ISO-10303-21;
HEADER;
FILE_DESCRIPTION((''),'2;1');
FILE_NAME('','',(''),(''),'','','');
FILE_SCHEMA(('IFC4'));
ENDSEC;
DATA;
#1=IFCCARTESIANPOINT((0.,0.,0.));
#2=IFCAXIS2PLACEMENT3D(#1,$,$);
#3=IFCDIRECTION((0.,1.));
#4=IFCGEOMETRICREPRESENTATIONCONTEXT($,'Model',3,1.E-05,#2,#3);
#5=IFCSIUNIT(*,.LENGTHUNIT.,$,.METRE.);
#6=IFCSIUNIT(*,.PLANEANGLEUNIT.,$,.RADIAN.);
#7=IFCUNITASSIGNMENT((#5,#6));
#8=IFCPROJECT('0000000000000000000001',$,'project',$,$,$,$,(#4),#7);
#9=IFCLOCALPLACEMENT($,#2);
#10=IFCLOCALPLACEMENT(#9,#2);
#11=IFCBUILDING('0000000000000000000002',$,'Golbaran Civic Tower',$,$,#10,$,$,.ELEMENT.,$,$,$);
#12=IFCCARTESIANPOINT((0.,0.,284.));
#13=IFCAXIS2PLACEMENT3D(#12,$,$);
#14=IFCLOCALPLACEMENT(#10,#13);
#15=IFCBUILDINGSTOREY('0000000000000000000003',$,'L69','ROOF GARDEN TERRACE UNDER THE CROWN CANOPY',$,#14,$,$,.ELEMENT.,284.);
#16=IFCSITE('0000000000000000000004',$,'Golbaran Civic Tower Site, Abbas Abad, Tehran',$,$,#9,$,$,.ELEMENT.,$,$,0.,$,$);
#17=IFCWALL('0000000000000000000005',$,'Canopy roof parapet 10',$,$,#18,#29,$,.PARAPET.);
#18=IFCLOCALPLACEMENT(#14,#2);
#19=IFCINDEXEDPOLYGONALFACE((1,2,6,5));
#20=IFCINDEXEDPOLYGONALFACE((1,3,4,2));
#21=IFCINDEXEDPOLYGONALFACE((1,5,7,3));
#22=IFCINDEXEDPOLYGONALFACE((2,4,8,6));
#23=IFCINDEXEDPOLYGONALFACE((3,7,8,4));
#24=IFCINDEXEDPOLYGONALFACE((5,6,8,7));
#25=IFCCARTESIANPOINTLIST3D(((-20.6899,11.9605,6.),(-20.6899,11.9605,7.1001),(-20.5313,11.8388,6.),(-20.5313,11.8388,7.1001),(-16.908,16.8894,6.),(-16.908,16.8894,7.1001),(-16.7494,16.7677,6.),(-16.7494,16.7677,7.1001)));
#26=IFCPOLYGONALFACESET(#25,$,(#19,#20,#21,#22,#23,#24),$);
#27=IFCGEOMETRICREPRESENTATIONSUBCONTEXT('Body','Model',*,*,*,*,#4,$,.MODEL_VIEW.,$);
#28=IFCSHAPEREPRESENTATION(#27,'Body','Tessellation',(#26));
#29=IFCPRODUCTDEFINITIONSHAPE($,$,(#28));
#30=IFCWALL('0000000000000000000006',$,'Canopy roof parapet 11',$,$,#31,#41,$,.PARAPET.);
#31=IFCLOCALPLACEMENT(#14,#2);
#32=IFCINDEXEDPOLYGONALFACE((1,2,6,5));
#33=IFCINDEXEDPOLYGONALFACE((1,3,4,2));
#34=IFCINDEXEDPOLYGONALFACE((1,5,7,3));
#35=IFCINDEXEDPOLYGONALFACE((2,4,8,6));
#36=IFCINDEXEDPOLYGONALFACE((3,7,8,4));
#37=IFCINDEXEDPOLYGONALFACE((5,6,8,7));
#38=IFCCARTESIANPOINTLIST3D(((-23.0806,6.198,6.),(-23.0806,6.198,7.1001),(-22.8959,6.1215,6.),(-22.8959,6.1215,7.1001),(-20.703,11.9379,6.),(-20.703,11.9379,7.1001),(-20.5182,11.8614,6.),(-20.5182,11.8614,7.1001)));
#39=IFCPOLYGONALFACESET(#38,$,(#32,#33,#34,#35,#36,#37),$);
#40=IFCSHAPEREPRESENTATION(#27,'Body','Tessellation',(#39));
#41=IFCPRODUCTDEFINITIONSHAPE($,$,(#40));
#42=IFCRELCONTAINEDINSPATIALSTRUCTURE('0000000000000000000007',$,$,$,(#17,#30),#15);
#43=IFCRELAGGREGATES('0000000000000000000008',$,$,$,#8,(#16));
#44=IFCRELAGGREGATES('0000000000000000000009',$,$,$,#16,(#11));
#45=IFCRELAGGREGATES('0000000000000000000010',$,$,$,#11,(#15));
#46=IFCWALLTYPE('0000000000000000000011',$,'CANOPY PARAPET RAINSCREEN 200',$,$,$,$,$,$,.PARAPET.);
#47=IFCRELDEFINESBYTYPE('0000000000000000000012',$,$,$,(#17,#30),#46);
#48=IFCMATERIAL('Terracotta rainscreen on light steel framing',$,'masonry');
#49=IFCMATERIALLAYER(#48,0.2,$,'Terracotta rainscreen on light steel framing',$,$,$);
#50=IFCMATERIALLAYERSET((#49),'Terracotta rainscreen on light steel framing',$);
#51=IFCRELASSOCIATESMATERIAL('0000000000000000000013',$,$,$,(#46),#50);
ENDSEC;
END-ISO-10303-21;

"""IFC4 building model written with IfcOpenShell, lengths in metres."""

from ifc_helpers import new_model, si_unit, direction, frame, frame_2d, origin, place, context, subcontext, project, spatial, rectangle, extrude, material, layer, layer_set, type_object, element, save


model = new_model("IFC4")

# Units and contexts
model_context = context("Model", 3, precision=1e-05, world=origin(), true_north=direction((0.0, 1.0)))
body_context = subcontext(model_context, "Body", "Model", "MODEL_VIEW")
ifc_project = project(units=[si_unit("LENGTHUNIT", "METRE"), si_unit("PLANEANGLEUNIT", "RADIAN")], contexts=[model_context])

# Site, building, storey
site_placement = place(None, origin())
site = spatial("IfcSite", under=ifc_project, at=site_placement, Name="Golbaran Civic Tower Site, Abbas Abad, Tehran", CompositionType="ELEMENT", RefElevation=0.0)
building_placement = place(site_placement, origin())
building = spatial("IfcBuilding", under=site, at=building_placement, Name="Golbaran Civic Tower", CompositionType="ELEMENT")
storey_placement = place(building_placement, frame((0.0, 0.0, 284.0)))
storey = spatial("IfcBuildingStorey", under=building, at=storey_placement, Name="L69", Description="ROOF GARDEN TERRACE UNDER THE CROWN CANOPY", CompositionType="ELEMENT", Elevation=284.0)

# Walls
ifc_material_1 = material(Name="Terracotta rainscreen on light steel framing", Category="masonry")
ifc_layer_1 = layer(ifc_material_1, 0.2, Name="Terracotta rainscreen on light steel framing")
ifc_layer_set_1 = layer_set([ifc_layer_1], Name="Terracotta rainscreen on light steel framing")
wall_type = type_object("IfcWallType", Name="CANOPY PARAPET RAINSCREEN 200", PredefinedType="PARAPET", material=ifc_layer_set_1)
for number, where, z_axis, x_axis, name in (
    (1, (-16.8286, 16.8286, 6.0), (0.0, 0.0, 1.0), (-0.608747, -0.793364, 0.0), "Canopy roof parapet 10"),
):
    element("IfcWall", number, at=place(storey_placement, frame(where, z_axis=z_axis, x_axis=x_axis)), inside=storey, type_object=wall_type, Name=name, PredefinedType="PARAPET", context=body_context, shape_type="SweptSolid", body=[
        extrude(rectangle(XDim=6.2126, YDim=0.2, at=frame_2d((3.1064, 0.0))), origin(), (0.0, 0.0, 1.0), 1.1001),
    ])
wall_placement = place(storey_placement, frame((-20.6106, 11.8997, 6.0), z_axis=(0.0, 0.0, 1.0), x_axis=(-0.382698, -0.923874, 0.0)))
element("IfcWall", 2, at=wall_placement, inside=storey, type_object=wall_type, Name="Canopy roof parapet 11", PredefinedType="PARAPET", context=body_context, shape_type="SweptSolid", body=[
    extrude(rectangle(XDim=6.2129, YDim=0.2, at=frame_2d((3.1064, 0.0))), origin(), (0.0, 0.0, 1.0), 1.1001),
])

save(model, "model.ifc")
